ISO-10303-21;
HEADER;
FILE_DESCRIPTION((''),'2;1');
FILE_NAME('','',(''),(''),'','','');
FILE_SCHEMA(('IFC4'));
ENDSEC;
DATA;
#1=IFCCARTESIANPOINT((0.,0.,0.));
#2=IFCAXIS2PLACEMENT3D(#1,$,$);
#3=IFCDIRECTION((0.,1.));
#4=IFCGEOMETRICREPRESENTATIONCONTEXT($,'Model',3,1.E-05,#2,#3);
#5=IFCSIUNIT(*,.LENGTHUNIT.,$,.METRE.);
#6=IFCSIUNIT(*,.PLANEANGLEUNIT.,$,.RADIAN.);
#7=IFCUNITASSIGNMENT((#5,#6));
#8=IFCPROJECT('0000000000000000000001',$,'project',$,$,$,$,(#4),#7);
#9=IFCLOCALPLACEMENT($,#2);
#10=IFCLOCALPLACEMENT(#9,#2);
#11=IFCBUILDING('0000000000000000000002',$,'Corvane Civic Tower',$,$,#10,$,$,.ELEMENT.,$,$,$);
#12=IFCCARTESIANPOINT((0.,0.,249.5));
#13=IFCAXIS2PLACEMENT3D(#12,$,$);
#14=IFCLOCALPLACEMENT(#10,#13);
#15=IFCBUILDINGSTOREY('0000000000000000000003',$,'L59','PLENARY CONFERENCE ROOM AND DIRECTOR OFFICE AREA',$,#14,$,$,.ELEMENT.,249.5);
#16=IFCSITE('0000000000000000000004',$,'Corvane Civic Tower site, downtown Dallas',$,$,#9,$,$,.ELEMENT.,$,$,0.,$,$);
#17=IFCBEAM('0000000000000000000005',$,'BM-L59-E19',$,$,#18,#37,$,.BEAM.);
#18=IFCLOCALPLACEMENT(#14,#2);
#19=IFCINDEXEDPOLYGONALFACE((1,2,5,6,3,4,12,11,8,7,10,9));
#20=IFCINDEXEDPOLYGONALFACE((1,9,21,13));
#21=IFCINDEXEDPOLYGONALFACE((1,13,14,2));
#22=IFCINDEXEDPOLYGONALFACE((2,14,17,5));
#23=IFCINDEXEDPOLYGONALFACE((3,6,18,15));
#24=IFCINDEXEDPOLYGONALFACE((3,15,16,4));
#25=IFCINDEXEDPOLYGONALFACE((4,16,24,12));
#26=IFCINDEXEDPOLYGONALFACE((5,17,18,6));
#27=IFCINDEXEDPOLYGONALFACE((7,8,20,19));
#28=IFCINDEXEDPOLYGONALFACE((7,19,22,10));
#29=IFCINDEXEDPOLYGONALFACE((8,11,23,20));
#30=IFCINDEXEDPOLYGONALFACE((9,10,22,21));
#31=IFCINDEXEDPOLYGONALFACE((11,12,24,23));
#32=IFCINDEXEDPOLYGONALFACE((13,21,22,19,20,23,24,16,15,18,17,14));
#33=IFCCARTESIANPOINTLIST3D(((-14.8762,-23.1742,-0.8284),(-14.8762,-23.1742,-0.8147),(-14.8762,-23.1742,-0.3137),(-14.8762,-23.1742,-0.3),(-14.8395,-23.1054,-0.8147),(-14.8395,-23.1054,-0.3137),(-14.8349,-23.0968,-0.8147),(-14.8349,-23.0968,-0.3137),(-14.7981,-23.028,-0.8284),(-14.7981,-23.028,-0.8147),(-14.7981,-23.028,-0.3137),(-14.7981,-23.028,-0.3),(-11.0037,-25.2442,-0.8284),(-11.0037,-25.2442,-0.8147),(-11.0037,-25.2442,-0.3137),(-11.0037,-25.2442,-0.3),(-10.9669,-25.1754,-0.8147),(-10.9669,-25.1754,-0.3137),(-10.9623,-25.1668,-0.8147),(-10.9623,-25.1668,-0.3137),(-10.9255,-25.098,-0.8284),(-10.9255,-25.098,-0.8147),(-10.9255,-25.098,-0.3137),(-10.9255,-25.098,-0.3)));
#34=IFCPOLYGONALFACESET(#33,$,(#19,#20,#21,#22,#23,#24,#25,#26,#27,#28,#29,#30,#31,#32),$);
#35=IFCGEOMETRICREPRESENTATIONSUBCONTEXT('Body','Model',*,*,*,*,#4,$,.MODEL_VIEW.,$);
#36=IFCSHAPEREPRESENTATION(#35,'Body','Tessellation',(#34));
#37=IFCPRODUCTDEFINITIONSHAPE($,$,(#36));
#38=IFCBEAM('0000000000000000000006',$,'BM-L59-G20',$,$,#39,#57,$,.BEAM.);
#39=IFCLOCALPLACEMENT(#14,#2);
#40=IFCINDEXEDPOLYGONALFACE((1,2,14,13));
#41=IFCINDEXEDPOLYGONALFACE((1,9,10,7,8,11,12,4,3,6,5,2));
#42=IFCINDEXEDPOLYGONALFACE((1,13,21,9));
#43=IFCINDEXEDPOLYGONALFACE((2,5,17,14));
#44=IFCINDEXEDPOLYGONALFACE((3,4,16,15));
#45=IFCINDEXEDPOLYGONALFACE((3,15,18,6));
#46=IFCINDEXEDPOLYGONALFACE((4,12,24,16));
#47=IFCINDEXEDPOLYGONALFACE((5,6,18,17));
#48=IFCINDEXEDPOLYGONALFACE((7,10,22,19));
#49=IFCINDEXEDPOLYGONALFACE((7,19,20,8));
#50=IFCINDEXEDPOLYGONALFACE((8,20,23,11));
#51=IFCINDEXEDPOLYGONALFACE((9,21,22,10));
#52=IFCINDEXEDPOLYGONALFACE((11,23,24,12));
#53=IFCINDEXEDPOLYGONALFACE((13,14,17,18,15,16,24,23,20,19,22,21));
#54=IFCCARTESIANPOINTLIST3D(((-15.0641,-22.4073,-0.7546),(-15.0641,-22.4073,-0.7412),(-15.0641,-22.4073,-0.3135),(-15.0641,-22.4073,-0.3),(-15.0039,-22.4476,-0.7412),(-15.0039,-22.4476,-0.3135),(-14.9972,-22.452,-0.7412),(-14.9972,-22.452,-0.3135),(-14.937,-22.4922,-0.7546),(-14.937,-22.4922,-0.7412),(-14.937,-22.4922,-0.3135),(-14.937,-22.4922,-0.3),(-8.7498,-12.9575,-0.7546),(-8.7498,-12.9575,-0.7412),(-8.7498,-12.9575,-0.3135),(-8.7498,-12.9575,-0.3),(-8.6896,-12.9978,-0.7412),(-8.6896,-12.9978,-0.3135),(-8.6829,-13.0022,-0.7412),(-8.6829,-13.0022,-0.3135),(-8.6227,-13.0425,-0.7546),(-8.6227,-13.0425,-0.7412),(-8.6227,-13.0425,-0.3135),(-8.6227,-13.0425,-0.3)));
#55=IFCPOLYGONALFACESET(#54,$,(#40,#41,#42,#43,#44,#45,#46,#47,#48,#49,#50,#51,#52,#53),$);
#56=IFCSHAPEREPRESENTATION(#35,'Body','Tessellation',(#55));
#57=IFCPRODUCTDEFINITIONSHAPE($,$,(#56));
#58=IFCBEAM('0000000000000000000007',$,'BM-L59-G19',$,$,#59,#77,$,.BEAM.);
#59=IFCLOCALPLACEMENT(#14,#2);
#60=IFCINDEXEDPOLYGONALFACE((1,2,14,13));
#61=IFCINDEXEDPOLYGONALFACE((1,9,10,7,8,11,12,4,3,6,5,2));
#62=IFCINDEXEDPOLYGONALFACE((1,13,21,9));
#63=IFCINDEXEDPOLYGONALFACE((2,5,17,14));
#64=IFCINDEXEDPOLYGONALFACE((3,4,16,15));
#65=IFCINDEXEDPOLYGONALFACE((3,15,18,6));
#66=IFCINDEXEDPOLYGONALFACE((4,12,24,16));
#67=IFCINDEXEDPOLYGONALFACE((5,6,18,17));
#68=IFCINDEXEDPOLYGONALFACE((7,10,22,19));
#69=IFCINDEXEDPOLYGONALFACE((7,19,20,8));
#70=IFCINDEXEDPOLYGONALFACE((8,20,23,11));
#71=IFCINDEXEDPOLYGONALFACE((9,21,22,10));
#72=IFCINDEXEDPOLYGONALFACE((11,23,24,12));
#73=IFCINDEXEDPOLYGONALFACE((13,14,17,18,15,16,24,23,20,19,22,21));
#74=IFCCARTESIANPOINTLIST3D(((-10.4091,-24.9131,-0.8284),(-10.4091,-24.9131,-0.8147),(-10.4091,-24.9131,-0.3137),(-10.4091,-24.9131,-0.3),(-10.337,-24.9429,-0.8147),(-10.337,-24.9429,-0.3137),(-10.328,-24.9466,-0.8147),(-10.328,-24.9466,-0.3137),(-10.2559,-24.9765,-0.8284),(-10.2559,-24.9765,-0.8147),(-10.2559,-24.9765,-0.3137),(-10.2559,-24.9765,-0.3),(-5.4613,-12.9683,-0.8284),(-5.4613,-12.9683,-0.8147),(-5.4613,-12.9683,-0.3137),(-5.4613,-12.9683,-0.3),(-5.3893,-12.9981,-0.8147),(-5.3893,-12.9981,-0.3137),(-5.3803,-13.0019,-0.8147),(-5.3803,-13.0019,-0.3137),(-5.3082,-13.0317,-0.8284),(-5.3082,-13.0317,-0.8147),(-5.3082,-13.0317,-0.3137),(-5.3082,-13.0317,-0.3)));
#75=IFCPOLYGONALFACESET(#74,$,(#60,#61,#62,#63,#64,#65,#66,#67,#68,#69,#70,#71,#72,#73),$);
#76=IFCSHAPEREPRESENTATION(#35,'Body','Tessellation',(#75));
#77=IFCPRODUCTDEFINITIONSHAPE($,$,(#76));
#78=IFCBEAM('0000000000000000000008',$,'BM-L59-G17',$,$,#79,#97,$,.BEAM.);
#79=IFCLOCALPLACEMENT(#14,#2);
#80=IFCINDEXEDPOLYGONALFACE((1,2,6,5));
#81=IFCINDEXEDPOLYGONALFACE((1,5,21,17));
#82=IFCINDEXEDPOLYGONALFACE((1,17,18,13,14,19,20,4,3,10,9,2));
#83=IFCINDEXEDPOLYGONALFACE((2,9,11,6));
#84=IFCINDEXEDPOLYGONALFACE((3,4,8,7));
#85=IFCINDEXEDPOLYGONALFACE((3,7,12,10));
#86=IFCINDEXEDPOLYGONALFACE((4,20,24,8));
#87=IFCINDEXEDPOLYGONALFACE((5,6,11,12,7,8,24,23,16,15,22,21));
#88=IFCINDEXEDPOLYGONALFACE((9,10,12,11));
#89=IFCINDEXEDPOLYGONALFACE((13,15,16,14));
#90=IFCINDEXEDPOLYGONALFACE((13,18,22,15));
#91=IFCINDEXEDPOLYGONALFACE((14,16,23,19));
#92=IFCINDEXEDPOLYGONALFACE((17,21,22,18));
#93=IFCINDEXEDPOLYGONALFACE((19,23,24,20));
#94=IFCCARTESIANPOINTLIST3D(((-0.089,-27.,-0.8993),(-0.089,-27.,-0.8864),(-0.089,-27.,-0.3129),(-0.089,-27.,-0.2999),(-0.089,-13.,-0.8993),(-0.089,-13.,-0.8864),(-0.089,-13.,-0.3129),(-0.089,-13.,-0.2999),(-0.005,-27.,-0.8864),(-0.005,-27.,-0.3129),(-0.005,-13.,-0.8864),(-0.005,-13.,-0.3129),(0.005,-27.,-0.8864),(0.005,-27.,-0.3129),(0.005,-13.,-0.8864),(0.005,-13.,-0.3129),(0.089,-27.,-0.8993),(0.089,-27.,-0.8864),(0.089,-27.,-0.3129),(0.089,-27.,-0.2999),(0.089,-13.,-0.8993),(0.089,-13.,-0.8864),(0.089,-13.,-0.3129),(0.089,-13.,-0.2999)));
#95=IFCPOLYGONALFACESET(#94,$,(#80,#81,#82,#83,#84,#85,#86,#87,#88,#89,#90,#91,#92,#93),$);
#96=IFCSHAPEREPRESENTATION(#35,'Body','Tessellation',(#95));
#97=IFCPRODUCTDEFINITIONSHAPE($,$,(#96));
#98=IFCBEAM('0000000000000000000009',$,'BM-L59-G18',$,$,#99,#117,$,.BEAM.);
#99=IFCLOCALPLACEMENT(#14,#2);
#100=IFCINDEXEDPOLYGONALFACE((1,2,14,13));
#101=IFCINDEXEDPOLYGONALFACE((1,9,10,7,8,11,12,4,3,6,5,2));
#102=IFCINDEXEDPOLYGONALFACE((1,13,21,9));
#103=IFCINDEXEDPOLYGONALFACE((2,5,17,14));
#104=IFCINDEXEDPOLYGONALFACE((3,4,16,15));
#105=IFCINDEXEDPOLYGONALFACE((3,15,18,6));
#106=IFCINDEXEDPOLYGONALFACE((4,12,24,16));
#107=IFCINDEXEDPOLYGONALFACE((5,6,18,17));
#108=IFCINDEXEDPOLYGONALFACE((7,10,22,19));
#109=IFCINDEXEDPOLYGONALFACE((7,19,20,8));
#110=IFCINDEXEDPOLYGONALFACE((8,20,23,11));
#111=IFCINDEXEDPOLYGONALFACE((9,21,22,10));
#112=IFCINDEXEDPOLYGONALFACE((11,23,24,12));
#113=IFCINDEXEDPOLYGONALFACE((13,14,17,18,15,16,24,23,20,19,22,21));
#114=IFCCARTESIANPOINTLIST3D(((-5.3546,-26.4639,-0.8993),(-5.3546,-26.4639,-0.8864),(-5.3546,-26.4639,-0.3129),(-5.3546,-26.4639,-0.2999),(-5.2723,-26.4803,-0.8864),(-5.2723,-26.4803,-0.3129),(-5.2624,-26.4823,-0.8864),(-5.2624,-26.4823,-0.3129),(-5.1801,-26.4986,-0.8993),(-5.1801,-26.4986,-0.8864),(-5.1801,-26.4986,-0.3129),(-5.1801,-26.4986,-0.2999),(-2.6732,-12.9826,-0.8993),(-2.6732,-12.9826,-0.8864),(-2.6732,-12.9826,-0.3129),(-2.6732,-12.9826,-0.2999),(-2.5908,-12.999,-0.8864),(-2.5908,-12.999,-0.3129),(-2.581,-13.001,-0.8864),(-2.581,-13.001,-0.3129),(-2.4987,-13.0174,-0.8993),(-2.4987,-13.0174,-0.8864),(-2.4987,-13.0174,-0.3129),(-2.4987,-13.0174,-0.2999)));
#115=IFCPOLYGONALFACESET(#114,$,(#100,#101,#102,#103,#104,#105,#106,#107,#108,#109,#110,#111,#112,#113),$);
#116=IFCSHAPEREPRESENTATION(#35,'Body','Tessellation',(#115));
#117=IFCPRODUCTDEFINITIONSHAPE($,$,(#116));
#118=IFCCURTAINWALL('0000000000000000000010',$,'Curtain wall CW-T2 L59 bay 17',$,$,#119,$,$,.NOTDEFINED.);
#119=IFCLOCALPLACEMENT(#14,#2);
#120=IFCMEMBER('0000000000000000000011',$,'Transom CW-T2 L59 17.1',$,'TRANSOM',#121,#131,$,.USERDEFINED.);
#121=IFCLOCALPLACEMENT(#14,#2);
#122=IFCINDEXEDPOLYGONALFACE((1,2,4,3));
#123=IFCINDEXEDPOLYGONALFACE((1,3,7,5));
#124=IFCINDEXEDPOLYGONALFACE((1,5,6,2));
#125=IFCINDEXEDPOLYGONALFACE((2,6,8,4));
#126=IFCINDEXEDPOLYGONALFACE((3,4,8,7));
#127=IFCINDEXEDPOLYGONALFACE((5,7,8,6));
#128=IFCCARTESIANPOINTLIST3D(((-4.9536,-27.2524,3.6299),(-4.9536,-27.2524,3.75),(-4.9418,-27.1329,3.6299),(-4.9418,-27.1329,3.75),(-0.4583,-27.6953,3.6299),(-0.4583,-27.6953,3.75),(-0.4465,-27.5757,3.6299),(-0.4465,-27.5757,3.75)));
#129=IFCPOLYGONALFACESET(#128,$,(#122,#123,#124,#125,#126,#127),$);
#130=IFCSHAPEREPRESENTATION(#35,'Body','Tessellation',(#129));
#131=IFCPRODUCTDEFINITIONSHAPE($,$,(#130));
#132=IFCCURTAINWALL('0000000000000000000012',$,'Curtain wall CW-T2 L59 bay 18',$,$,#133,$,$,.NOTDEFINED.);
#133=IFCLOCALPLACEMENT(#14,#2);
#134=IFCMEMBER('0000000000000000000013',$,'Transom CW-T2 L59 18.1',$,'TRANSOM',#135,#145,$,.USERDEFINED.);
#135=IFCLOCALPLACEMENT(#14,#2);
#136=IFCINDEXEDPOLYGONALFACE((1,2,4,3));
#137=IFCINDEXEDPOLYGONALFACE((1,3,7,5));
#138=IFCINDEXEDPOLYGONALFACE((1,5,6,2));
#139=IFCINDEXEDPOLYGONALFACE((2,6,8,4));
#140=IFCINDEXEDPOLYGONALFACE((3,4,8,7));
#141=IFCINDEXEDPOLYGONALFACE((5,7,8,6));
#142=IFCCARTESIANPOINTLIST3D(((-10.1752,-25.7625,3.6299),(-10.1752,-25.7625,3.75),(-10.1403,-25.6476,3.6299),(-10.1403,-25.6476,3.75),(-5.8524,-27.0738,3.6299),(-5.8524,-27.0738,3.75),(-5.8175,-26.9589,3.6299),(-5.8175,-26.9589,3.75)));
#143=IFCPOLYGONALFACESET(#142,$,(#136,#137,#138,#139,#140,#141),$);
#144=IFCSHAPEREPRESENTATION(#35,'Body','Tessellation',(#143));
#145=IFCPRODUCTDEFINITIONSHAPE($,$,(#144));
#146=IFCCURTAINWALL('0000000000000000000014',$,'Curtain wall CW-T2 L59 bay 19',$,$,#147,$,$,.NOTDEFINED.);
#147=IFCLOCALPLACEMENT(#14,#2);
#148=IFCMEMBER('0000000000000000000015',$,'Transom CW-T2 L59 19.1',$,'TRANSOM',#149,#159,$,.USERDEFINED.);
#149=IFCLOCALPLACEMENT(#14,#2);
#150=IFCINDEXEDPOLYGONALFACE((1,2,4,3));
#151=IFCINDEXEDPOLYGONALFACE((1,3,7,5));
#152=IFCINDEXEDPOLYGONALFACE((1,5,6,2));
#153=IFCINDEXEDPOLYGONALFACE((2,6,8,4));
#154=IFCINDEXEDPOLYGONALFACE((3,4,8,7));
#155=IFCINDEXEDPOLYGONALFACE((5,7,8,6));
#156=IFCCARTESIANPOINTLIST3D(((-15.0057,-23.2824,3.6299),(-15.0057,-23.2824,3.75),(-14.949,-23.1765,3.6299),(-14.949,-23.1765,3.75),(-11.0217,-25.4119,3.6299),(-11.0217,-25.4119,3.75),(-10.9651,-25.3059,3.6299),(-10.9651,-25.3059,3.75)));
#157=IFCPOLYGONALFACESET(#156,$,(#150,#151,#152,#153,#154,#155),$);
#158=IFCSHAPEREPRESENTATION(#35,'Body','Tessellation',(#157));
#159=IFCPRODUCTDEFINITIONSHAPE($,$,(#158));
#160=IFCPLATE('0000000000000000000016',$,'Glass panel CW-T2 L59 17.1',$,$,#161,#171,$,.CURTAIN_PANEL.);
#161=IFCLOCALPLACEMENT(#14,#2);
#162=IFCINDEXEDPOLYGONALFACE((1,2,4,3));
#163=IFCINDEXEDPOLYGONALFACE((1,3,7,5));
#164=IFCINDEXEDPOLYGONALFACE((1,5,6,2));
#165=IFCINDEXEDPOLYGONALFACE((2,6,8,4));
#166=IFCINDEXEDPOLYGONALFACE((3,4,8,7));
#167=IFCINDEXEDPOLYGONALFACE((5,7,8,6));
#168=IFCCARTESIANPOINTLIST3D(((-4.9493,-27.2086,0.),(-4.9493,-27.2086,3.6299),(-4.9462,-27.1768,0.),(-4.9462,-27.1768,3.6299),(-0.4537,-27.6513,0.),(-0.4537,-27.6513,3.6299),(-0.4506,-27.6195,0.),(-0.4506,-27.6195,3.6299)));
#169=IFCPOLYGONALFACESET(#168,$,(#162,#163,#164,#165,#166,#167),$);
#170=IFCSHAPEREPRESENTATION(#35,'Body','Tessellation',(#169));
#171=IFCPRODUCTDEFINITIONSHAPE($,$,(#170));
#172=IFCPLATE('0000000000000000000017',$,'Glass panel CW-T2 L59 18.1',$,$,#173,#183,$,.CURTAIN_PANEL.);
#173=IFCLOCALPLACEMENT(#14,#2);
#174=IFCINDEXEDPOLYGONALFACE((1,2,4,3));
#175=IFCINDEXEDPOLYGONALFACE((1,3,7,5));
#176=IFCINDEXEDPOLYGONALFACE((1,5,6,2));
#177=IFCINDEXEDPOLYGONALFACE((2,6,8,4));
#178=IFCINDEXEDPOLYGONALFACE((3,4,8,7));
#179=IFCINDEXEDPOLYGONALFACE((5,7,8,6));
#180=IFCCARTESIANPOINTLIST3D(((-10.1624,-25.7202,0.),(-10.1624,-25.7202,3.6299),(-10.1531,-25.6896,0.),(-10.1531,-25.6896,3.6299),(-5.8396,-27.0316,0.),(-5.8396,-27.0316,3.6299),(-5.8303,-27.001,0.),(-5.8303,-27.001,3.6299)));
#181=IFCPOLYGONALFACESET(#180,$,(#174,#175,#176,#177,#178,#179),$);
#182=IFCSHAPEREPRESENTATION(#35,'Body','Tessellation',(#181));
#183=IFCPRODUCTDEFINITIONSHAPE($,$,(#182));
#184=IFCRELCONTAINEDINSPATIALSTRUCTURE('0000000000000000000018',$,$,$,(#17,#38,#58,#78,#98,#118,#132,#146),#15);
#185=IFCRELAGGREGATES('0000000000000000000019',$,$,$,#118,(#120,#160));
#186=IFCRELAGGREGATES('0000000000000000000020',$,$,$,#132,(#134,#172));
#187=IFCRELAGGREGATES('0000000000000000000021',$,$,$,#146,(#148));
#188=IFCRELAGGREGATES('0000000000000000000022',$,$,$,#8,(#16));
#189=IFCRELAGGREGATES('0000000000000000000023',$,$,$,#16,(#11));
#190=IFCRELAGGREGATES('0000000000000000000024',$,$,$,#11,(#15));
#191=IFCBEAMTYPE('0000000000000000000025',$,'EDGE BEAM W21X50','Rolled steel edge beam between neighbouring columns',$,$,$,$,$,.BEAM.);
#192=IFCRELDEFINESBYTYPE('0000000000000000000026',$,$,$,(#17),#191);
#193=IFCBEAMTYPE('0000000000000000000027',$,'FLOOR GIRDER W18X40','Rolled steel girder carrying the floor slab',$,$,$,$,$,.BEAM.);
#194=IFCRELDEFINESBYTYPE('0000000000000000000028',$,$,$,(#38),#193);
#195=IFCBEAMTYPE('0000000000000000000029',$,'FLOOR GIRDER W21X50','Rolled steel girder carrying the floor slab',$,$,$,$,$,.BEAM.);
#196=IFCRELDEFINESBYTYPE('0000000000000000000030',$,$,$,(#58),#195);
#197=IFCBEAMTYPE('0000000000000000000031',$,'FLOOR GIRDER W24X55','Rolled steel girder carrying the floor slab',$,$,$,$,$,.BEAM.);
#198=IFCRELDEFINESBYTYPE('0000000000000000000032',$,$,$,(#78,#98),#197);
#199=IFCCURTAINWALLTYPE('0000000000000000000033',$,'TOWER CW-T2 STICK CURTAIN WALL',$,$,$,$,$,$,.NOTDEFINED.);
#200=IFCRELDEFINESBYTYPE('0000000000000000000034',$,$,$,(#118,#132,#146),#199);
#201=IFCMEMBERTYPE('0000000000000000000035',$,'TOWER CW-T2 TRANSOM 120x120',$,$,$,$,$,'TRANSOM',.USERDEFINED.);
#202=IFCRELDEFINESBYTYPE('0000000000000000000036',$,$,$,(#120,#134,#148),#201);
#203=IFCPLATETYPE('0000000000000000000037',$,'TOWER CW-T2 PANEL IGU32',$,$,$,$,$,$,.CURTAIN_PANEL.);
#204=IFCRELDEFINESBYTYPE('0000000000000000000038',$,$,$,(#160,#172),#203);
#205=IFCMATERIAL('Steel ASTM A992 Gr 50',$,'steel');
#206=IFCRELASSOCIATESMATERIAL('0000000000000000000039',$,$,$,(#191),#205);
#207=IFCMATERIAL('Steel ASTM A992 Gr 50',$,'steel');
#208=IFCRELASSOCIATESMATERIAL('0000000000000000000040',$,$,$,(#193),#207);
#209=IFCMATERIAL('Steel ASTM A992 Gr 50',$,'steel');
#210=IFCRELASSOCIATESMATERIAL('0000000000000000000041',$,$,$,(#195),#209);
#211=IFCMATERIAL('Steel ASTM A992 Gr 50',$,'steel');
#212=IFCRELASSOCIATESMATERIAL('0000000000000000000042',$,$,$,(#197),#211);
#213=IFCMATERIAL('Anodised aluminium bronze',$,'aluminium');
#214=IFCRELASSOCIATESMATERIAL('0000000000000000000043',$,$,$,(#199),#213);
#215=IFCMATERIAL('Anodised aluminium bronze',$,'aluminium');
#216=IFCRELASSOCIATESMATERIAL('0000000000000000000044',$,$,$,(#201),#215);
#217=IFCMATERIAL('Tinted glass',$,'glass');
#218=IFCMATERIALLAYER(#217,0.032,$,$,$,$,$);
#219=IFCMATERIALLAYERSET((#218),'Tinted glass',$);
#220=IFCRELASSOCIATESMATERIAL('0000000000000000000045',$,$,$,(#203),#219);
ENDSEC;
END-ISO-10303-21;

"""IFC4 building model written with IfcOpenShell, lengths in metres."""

from ifc_helpers import new_model, si_unit, direction, frame, origin, origin_2d, place, context, subcontext, project, spatial, rectangle, i_section, extrude, material, layer, layer_set, material_profile, profile_set, type_object, element, aggregate, save


model = new_model("IFC4")

# Units and contexts
model_context = context("Model", 3, precision=1e-05, world=origin(), true_north=direction((0.0, 1.0)))
body_context = subcontext(model_context, "Body", "Model", "MODEL_VIEW")
ifc_project = project(units=[si_unit("LENGTHUNIT", "METRE"), si_unit("PLANEANGLEUNIT", "RADIAN")], contexts=[model_context])

# Site, building, storey
site_placement = place(None, origin())
site = spatial("IfcSite", under=ifc_project, at=site_placement, Name="Corvane Civic Tower site, downtown Dallas", CompositionType="ELEMENT", RefElevation=0.0)
building_placement = place(site_placement, origin())
building = spatial("IfcBuilding", under=site, at=building_placement, Name="Corvane Civic Tower", CompositionType="ELEMENT")
storey_placement = place(building_placement, frame((0.0, 0.0, 249.5)))
storey = spatial("IfcBuildingStorey", under=building, at=storey_placement, Name="L59", Description="PLENARY CONFERENCE ROOM AND DIRECTOR OFFICE AREA", CompositionType="ELEMENT", Elevation=249.5)

# Beams
ifc_material_1 = material(Name="Steel ASTM A992 Gr 50", Category="steel")
ifc_material_profile_1 = material_profile(ifc_material_1, i_section(OverallWidth=0.1658, OverallDepth=0.5283, WebThickness=0.0098, FlangeThickness=0.0137, at=origin_2d()), Name="W21X50")
ifc_profile_set_1 = profile_set([ifc_material_profile_1], Name="Steel ASTM A992 Gr 50")
beam_type_1 = type_object("IfcBeamType", Name="EDGE BEAM W21X50", Description="Rolled steel edge beam between neighbouring columns", PredefinedType="BEAM", material=ifc_profile_set_1)
beam_1_placement = place(storey_placement, frame((-10.9646, -25.1711, -0.5642), z_axis=(-0.881908, 0.471422, 0.0), x_axis=(-0.471422, -0.881908, 0.0)))
element("IfcBeam", 1, at=beam_1_placement, inside=storey, type_object=beam_type_1, Name="BM-L59-E19", PredefinedType="BEAM", context=body_context, shape_type="SweptSolid", body=[
    extrude(i_section(OverallWidth=0.1658, OverallDepth=0.5283, WebThickness=0.0098, FlangeThickness=0.0137, at=origin_2d()), origin(), (0.0, 0.0, 1.0), 4.3911),
])
ifc_material_2 = material(Name="Steel ASTM A992 Gr 50", Category="steel")
ifc_material_profile_2 = material_profile(ifc_material_2, i_section(OverallWidth=0.1528, OverallDepth=0.4546, WebThickness=0.0081, FlangeThickness=0.0134, at=origin_2d()), Name="W18X40")
ifc_profile_set_2 = profile_set([ifc_material_profile_2], Name="Steel ASTM A992 Gr 50")
beam_type_2 = type_object("IfcBeamType", Name="FLOOR GIRDER W18X40", Description="Rolled steel girder carrying the floor slab", PredefinedType="BEAM", material=ifc_profile_set_2)
beam_2_placement = place(storey_placement, frame((-8.6863, -13.0, -0.5273), z_axis=(-0.555577, -0.831465, 0.0), x_axis=(0.831465, -0.555577, 0.0)))
element("IfcBeam", 2, at=beam_2_placement, inside=storey, type_object=beam_type_2, Name="BM-L59-G20", PredefinedType="BEAM", context=body_context, shape_type="SweptSolid", body=[
    extrude(i_section(OverallWidth=0.1528, OverallDepth=0.4546, WebThickness=0.0081, FlangeThickness=0.0134, at=origin_2d()), origin(), (0.0, 0.0, 1.0), 11.3652),
])
ifc_material_3 = material(Name="Steel ASTM A992 Gr 50", Category="steel")
ifc_material_profile_3 = material_profile(ifc_material_3, i_section(OverallWidth=0.1658, OverallDepth=0.5283, WebThickness=0.0098, FlangeThickness=0.0137, at=origin_2d()), Name="W21X50")
ifc_profile_set_3 = profile_set([ifc_material_profile_3], Name="Steel ASTM A992 Gr 50")
beam_type_3 = type_object("IfcBeamType", Name="FLOOR GIRDER W21X50", Description="Rolled steel girder carrying the floor slab", PredefinedType="BEAM", material=ifc_profile_set_3)
beam_3_placement = place(storey_placement, frame((-5.3848, -13.0, -0.5642), z_axis=(-0.382686, -0.923878, 0.0), x_axis=(0.923878, -0.382686, 0.0)))
element("IfcBeam", 3, at=beam_3_placement, inside=storey, type_object=beam_type_3, Name="BM-L59-G19", PredefinedType="BEAM", context=body_context, shape_type="SweptSolid", body=[
    extrude(i_section(OverallWidth=0.1658, OverallDepth=0.5283, WebThickness=0.0098, FlangeThickness=0.0137, at=origin_2d()), origin(), (0.0, 0.0, 1.0), 12.929),
])
ifc_material_4 = material(Name="Steel ASTM A992 Gr 50", Category="steel")
ifc_material_profile_4 = material_profile(ifc_material_4, i_section(OverallWidth=0.178, OverallDepth=0.5994, WebThickness=0.01, FlangeThickness=0.0129, at=origin_2d()), Name="W24X55")
ifc_profile_set_4 = profile_set([ifc_material_profile_4], Name="Steel ASTM A992 Gr 50")
beam_type_4 = type_object("IfcBeamType", Name="FLOOR GIRDER W24X55", Description="Rolled steel girder carrying the floor slab", PredefinedType="BEAM", material=ifc_profile_set_4)
beam_4_placement = place(storey_placement, frame((0.0, -13.0, -0.5996), z_axis=(0.0, -1.0, 0.0), x_axis=(1.0, 0.0, 0.0)))
element("IfcBeam", 4, at=beam_4_placement, inside=storey, type_object=beam_type_4, Name="BM-L59-G17", PredefinedType="BEAM", context=body_context, shape_type="SweptSolid", body=[
    extrude(i_section(OverallWidth=0.178, OverallDepth=0.5994, WebThickness=0.01, FlangeThickness=0.0129, at=origin_2d()), origin(), (0.0, 0.0, 1.0), 14.0),
])
beam_5_placement = place(storey_placement, frame((-2.5859, -13.0, -0.5996), z_axis=(-0.195078, -0.980788, 0.0), x_axis=(0.980788, -0.195078, 0.0)))
element("IfcBeam", 5, at=beam_5_placement, inside=storey, type_object=beam_type_4, Name="BM-L59-G18", PredefinedType="BEAM", context=body_context, shape_type="SweptSolid", body=[
    extrude(i_section(OverallWidth=0.178, OverallDepth=0.5994, WebThickness=0.01, FlangeThickness=0.0129, at=origin_2d()), origin(), (0.0, 0.0, 1.0), 13.7454),
])

# Curtain walls, members
ifc_material_5 = material(Name="Anodised aluminium bronze", Category="aluminium")
curtain_wall_type = type_object("IfcCurtainWallType", Name="TOWER CW-T2 STICK CURTAIN WALL", PredefinedType="NOTDEFINED", material=ifc_material_5)
curtain_wall_1_placement = place(storey_placement, origin())
curtain_wall_1 = element("IfcCurtainWall", 6, at=curtain_wall_1_placement, inside=storey, type_object=curtain_wall_type, Name="Curtain wall CW-T2 L59 bay 17", PredefinedType="NOTDEFINED")
ifc_material_6 = material(Name="Anodised aluminium bronze", Category="aluminium")
ifc_material_profile_5 = material_profile(ifc_material_6, rectangle(XDim=0.1201, YDim=0.1201, at=origin_2d()), Name="TOWER CW-T2 TRANSOM 120x120")
ifc_profile_set_5 = profile_set([ifc_material_profile_5], Name="Anodised aluminium bronze")
member_type = type_object("IfcMemberType", Name="TOWER CW-T2 TRANSOM 120x120", ElementType="TRANSOM", PredefinedType="USERDEFINED", material=ifc_profile_set_5)
member_1_placement = place(storey_placement, frame((-0.4524, -27.6355, 3.6899), z_axis=(-0.995182, 0.098043, 0.0), x_axis=(-0.098043, -0.995182, 0.0)))
member_1 = element("IfcMember", 7, at=member_1_placement, type_object=member_type, Name="Transom CW-T2 L59 17.1", ObjectType="TRANSOM", PredefinedType="USERDEFINED", context=body_context, shape_type="SweptSolid", body=[
    extrude(rectangle(XDim=0.1201, YDim=0.1201, at=origin_2d()), origin(), (0.0, 0.0, 1.0), 4.5171),
])
curtain_wall_2_placement = place(storey_placement, origin())
curtain_wall_2 = element("IfcCurtainWall", 8, at=curtain_wall_2_placement, inside=storey, type_object=curtain_wall_type, Name="Curtain wall CW-T2 L59 bay 18", PredefinedType="NOTDEFINED")
member_2_placement = place(storey_placement, frame((-5.835, -27.0164, 3.6899), z_axis=(-0.956941, 0.290282, 0.0), x_axis=(-0.290282, -0.956941, 0.0)))
member_2 = element("IfcMember", 9, at=member_2_placement, type_object=member_type, Name="Transom CW-T2 L59 18.1", ObjectType="TRANSOM", PredefinedType="USERDEFINED", context=body_context, shape_type="SweptSolid", body=[
    extrude(rectangle(XDim=0.1201, YDim=0.1201, at=origin_2d()), origin(), (0.0, 0.0, 1.0), 4.5173),
])
curtain_wall_3_placement = place(storey_placement, origin())
curtain_wall_3 = element("IfcCurtainWall", 10, at=curtain_wall_3_placement, inside=storey, type_object=curtain_wall_type, Name="Curtain wall CW-T2 L59 bay 19", PredefinedType="NOTDEFINED")
member_3_placement = place(storey_placement, frame((-10.9934, -25.3589, 3.6899), z_axis=(-0.881925, 0.47139, 0.0), x_axis=(-0.47139, -0.881925, 0.0)))
member_3 = element("IfcMember", 11, at=member_3_placement, type_object=member_type, Name="Transom CW-T2 L59 19.1", ObjectType="TRANSOM", PredefinedType="USERDEFINED", context=body_context, shape_type="SweptSolid", body=[
    extrude(rectangle(XDim=0.1201, YDim=0.1201, at=origin_2d()), origin(), (0.0, 0.0, 1.0), 4.5173),
])

# Plates
ifc_material_7 = material(Name="Tinted glass", Category="glass")
ifc_layer_1 = layer(ifc_material_7, 0.032)
ifc_layer_set_1 = layer_set([ifc_layer_1], Name="Tinted glass")
plate_type = type_object("IfcPlateType", Name="TOWER CW-T2 PANEL IGU32", PredefinedType="CURTAIN_PANEL", material=ifc_layer_set_1)
plate_1_placement = place(storey_placement, frame((-2.7, -27.4141, 0.0), z_axis=(0.0, 0.0, 1.0), x_axis=(-0.995187, 0.097993, 0.0)))
plate_1 = element("IfcPlate", 12, at=plate_1_placement, type_object=plate_type, Name="Glass panel CW-T2 L59 17.1", PredefinedType="CURTAIN_PANEL", context=body_context, shape_type="SweptSolid", body=[
    extrude(rectangle(XDim=4.5173, YDim=0.032, at=origin_2d()), origin(), (0.0, 0.0, 1.0), 3.6299),
])
aggregate(curtain_wall_1, [member_1, plate_1])
plate_2_placement = place(storey_placement, frame((-7.9963, -26.3606, 0.0), z_axis=(0.0, 0.0, 1.0), x_axis=(-0.956939, 0.29029, 0.0)))
plate_2 = element("IfcPlate", 13, at=plate_2_placement, type_object=plate_type, Name="Glass panel CW-T2 L59 18.1", PredefinedType="CURTAIN_PANEL", context=body_context, shape_type="SweptSolid", body=[
    extrude(rectangle(XDim=4.5173, YDim=0.032, at=origin_2d()), origin(), (0.0, 0.0, 1.0), 3.6299),
])
aggregate(curtain_wall_2, [member_2, plate_2])
aggregate(curtain_wall_3, [member_3])

save(model, "model.ifc")
